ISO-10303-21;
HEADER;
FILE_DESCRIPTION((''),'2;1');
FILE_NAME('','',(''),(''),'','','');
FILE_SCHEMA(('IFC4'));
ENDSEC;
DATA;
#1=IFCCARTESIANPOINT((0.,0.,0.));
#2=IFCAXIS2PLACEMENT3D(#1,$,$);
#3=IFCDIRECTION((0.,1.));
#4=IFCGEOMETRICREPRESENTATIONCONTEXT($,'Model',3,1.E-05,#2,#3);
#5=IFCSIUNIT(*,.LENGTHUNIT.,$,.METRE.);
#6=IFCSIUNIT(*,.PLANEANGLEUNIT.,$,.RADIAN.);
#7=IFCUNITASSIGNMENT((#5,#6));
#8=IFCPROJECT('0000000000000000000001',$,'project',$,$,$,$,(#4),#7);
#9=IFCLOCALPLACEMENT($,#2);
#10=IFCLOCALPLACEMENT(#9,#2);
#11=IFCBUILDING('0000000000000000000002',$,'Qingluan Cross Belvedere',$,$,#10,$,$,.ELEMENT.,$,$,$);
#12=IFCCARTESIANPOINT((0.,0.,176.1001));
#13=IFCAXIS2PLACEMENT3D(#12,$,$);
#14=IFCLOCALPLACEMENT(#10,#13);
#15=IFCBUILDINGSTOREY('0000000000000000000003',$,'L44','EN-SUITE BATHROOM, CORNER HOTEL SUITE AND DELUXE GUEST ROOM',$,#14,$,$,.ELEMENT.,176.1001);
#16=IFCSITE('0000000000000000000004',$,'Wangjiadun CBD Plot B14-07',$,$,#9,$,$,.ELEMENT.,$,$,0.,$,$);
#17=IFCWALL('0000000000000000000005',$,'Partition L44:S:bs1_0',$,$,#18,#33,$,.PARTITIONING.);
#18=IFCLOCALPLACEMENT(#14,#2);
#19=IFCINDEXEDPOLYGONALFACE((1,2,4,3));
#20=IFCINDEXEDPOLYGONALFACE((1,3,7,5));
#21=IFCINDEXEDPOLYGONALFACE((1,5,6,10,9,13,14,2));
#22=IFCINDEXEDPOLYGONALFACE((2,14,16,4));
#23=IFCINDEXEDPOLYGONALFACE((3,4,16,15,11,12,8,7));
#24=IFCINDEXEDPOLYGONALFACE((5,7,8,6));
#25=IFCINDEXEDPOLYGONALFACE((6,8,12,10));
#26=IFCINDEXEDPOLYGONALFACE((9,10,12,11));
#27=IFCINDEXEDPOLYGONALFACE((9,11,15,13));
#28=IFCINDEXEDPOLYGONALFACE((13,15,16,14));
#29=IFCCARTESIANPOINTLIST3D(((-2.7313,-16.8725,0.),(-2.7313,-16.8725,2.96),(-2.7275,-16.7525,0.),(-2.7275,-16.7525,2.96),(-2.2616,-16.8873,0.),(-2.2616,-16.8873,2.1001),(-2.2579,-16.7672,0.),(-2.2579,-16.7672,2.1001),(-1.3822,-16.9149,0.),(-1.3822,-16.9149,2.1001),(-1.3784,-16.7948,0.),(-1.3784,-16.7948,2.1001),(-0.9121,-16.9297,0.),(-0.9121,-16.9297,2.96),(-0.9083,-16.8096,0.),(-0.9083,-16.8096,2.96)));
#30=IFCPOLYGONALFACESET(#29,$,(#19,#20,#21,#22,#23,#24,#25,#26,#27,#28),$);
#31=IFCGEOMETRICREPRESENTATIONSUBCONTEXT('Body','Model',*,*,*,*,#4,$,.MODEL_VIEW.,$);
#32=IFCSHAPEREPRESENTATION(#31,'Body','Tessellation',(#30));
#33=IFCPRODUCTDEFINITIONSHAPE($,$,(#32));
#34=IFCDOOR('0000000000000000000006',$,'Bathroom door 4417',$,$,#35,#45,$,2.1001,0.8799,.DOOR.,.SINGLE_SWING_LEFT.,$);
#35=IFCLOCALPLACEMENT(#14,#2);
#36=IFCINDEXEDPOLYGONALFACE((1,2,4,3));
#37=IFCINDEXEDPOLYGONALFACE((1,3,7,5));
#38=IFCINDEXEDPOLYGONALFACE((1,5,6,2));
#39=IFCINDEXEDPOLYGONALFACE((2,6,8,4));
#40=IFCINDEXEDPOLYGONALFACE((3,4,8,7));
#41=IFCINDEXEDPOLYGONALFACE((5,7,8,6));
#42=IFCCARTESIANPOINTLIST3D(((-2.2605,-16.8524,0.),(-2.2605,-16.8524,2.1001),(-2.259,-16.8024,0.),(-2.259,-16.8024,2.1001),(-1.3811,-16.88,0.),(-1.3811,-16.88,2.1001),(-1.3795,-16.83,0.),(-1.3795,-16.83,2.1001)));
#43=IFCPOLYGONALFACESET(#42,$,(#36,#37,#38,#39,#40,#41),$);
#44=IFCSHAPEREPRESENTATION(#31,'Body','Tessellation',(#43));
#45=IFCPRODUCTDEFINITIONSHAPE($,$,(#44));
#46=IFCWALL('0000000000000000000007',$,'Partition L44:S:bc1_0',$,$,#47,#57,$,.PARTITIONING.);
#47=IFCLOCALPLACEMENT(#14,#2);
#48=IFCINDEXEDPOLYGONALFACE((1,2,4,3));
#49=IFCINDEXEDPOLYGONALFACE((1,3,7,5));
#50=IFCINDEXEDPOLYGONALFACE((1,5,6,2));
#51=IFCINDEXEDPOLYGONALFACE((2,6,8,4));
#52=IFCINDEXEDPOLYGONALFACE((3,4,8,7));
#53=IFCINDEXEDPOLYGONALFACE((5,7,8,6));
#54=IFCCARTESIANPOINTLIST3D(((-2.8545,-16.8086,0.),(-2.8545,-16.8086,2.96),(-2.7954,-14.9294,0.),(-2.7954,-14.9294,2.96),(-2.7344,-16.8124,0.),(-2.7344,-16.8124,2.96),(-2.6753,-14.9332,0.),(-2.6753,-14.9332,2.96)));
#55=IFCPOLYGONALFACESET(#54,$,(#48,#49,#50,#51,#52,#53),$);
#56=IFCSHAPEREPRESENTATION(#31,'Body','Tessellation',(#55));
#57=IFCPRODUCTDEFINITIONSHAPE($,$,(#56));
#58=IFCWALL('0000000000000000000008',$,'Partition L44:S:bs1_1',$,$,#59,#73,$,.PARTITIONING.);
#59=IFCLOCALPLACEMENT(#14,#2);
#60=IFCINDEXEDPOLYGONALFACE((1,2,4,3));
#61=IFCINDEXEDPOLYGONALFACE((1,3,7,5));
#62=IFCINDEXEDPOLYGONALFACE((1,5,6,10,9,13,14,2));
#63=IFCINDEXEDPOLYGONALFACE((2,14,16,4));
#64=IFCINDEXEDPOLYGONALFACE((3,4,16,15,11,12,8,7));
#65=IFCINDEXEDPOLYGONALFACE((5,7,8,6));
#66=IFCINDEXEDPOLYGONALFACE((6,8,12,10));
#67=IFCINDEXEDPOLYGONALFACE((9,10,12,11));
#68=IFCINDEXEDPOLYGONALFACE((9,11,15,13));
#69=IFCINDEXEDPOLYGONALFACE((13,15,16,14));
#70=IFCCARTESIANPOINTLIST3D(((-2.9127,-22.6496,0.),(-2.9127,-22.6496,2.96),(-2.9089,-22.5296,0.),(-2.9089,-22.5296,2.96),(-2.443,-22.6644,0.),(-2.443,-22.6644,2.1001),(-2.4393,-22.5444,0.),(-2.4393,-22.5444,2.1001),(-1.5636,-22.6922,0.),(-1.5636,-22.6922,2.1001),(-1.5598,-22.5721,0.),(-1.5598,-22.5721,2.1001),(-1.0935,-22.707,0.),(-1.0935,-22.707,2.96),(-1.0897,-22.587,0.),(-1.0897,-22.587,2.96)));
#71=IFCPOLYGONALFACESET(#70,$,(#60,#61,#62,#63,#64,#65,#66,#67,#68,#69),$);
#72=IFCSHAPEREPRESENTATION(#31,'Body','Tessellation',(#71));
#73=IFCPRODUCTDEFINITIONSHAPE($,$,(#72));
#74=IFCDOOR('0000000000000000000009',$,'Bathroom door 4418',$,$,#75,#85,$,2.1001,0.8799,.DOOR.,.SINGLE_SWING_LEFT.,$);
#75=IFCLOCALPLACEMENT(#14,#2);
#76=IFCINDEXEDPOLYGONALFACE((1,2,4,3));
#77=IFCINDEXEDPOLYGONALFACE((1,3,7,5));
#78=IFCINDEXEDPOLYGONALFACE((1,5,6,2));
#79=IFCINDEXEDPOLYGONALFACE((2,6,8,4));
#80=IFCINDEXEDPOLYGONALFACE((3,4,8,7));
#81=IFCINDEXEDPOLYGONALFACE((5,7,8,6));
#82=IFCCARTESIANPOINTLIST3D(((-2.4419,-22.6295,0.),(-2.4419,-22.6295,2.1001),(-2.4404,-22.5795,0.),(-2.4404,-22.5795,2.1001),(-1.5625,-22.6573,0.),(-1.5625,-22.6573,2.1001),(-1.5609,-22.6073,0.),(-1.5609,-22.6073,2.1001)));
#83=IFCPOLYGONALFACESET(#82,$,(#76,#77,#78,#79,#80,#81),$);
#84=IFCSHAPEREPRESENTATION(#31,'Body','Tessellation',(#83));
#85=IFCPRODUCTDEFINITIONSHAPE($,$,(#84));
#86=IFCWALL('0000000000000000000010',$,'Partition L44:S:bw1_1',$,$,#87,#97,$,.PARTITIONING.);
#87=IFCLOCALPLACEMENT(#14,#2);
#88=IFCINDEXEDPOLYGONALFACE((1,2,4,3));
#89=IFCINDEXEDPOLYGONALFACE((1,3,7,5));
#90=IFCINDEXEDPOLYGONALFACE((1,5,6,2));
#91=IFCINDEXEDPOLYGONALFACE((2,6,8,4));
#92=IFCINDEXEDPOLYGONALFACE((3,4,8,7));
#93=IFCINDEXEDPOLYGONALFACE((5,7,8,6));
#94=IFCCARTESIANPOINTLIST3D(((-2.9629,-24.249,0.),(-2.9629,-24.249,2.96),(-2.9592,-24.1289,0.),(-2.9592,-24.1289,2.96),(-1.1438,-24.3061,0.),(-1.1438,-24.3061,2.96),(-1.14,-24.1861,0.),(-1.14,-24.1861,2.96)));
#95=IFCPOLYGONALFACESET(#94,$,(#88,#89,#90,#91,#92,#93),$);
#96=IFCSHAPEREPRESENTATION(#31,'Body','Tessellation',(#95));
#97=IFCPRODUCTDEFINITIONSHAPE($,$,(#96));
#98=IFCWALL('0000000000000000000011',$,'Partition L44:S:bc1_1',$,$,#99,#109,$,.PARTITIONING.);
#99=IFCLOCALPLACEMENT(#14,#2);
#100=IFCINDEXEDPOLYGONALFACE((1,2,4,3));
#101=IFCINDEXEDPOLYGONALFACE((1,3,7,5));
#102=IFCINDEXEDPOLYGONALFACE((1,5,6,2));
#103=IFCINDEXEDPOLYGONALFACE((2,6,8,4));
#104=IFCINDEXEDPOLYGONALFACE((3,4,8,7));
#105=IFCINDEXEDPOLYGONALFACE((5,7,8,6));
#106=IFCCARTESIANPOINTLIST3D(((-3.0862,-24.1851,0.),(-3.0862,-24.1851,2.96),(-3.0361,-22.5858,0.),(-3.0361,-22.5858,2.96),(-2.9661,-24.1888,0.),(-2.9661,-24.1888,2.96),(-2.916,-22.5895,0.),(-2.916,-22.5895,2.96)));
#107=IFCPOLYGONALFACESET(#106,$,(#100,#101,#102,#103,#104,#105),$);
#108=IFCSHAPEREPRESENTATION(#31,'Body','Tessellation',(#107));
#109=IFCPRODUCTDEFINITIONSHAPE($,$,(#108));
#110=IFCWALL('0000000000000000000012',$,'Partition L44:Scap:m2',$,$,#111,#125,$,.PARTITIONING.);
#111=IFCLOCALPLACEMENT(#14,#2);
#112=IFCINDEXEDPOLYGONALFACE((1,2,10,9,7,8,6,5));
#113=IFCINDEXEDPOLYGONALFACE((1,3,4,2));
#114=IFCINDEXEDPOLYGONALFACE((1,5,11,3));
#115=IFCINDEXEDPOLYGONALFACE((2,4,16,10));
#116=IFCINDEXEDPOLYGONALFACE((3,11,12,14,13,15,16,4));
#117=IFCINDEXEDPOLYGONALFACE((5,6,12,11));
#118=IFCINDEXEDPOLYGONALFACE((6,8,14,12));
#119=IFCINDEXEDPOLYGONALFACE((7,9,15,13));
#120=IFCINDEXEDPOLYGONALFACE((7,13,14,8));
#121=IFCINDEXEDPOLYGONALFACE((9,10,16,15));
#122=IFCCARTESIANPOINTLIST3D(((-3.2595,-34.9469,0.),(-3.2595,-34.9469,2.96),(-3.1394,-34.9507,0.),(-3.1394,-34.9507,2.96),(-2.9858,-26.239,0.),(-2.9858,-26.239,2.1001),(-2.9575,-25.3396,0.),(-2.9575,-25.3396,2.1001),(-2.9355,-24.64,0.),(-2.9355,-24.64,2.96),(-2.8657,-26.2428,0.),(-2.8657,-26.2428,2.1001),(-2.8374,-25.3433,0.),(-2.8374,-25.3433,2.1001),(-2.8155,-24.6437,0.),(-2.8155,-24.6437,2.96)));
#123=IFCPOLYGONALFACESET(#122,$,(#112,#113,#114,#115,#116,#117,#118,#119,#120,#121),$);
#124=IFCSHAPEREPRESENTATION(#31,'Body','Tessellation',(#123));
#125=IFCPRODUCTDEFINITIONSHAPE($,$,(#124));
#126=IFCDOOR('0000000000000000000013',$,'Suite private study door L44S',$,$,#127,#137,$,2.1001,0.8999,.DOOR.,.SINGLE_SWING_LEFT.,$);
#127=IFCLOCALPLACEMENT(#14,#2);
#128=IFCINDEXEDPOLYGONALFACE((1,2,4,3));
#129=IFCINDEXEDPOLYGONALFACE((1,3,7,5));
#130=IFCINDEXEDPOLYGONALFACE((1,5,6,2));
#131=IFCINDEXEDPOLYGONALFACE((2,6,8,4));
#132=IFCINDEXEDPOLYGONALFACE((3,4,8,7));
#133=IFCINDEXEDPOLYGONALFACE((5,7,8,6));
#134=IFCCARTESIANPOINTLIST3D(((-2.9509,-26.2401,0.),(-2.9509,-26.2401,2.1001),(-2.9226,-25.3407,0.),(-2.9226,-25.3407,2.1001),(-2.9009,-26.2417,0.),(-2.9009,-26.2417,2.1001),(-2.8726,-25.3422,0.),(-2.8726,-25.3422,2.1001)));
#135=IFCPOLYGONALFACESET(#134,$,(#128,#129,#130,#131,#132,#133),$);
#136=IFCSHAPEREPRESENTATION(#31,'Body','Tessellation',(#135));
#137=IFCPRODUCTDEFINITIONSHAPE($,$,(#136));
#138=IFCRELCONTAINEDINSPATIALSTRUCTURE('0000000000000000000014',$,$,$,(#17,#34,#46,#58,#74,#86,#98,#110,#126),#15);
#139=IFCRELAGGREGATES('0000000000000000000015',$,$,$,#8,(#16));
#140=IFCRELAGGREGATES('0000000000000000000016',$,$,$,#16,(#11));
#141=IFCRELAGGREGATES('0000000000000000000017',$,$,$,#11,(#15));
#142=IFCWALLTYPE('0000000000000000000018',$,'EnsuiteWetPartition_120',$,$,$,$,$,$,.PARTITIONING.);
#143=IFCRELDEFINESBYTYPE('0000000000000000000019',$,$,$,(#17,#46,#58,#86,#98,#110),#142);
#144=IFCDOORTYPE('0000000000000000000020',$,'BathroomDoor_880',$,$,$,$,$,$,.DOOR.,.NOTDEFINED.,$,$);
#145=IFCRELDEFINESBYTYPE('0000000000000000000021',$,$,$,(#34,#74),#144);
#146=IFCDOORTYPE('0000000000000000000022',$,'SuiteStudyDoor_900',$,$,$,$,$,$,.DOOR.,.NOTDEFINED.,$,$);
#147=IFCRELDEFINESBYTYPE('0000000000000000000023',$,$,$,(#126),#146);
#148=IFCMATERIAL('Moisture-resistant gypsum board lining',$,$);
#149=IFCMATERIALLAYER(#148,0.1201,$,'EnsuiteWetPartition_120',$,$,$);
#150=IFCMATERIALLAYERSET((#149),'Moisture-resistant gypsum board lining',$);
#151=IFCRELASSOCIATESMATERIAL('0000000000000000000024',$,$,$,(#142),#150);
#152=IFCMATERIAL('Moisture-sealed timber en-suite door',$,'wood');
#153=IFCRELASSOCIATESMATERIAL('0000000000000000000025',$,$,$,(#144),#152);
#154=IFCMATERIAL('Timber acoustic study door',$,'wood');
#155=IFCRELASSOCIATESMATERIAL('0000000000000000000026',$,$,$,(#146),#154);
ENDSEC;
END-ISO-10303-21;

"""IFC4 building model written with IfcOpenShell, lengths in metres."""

from ifc_helpers import new_model, si_unit, direction, frame, frame_2d, origin, place, context, subcontext, project, spatial, rectangle, extrude, material, layer, layer_set, type_object, element, fill, save


model = new_model("IFC4")

# Units and contexts
model_context = context("Model", 3, precision=1e-05, world=origin(), true_north=direction((0.0, 1.0)))
body_context = subcontext(model_context, "Body", "Model", "MODEL_VIEW")
ifc_project = project(units=[si_unit("LENGTHUNIT", "METRE"), si_unit("PLANEANGLEUNIT", "RADIAN")], contexts=[model_context])

# Site, building, storey
site_placement = place(None, origin())
site = spatial("IfcSite", under=ifc_project, at=site_placement, Name="Wangjiadun CBD Plot B14-07", CompositionType="ELEMENT", RefElevation=0.0)
building_placement = place(site_placement, origin())
building = spatial("IfcBuilding", under=site, at=building_placement, Name="Qingluan Cross Belvedere", CompositionType="ELEMENT")
storey_placement = place(building_placement, frame((0.0, 0.0, 176.1001)))
storey = spatial("IfcBuildingStorey", under=building, at=storey_placement, Name="L44", Description="EN-SUITE BATHROOM, CORNER HOTEL SUITE AND DELUXE GUEST ROOM", CompositionType="ELEMENT", Elevation=176.1001)

# Wall, opening, door
ifc_material_1 = material(Name="Moisture-resistant gypsum board lining")
ifc_layer_1 = layer(ifc_material_1, 0.1201, Name="EnsuiteWetPartition_120")
ifc_layer_set_1 = layer_set([ifc_layer_1], Name="Moisture-resistant gypsum board lining")
wall_type_1 = type_object("IfcWallType", Name="EnsuiteWetPartition_120", PredefinedType="PARTITIONING", material=ifc_layer_set_1)
wall_1_placement = place(storey_placement, frame((-2.7295, -16.8125, 0.0), z_axis=(0.0, 0.0, 1.0), x_axis=(0.999507, -0.03139, 0.0)))
wall_1 = element("IfcWall", 1, at=wall_1_placement, inside=storey, type_object=wall_type_1, Name="Partition L44:S:bs1_0", PredefinedType="PARTITIONING", context=body_context, shape_type="SweptSolid", body=[
    extrude(rectangle(XDim=1.8201, YDim=0.1201, at=frame_2d((0.9102, 0.0))), origin(), (0.0, 0.0, 1.0), 2.96),
])
opening_1_placement = place(wall_1_placement, frame((0.47, 0.0, 0.0)))
opening_1 = element("IfcOpeningElement", 2, at=opening_1_placement, cuts=wall_1, PredefinedType="OPENING", context=body_context, shape_type="SweptSolid", body=[
    extrude(rectangle(XDim=0.8799, YDim=2.1001, at=frame_2d((0.4399, 1.05))), frame((0.0, 0.0701, 0.0), z_axis=(0.0, -1.0, 0.0), x_axis=(1.0, 0.0, 0.0)), (0.0, 0.0, 1.0), 0.1401),
])
ifc_material_2 = material(Name="Moisture-sealed timber en-suite door", Category="wood")
door_type_1 = type_object("IfcDoorType", Name="BathroomDoor_880", OperationType="NOTDEFINED", PredefinedType="DOOR", material=ifc_material_2)
door_1_placement = place(opening_1_placement, origin())
door_1 = element("IfcDoor", 3, at=door_1_placement, inside=storey, type_object=door_type_1, Name="Bathroom door 4417", OperationType="SINGLE_SWING_LEFT", OverallHeight=2.1001, OverallWidth=0.8799, PredefinedType="DOOR", context=body_context, shape_type="SweptSolid", body=[
    extrude(rectangle(XDim=0.8799, YDim=2.1001, at=frame_2d((0.4399, 1.05))), frame((0.0, 0.0249, 0.0), z_axis=(0.0, -1.0, 0.0), x_axis=(1.0, 0.0, 0.0)), (0.0, 0.0, 1.0), 0.05),
])
fill(opening_1, door_1)

# Wall
wall_2_placement = place(storey_placement, frame((-2.7354, -14.9314, 0.0), z_axis=(0.0, 0.0, 1.0), x_axis=(-0.031425, -0.999506, 0.0)))
element("IfcWall", 4, at=wall_2_placement, inside=storey, type_object=wall_type_1, Name="Partition L44:S:bc1_0", PredefinedType="PARTITIONING", context=body_context, shape_type="SweptSolid", body=[
    extrude(rectangle(XDim=1.8801, YDim=0.1201, at=frame_2d((0.9399, 0.0))), origin(), (0.0, 0.0, 1.0), 2.96),
])

# Wall, opening, door
wall_3_placement = place(storey_placement, frame((-2.9109, -22.5896, 0.0), z_axis=(0.0, 0.0, 1.0), x_axis=(0.999503, -0.031524, 0.0)))
wall_3 = element("IfcWall", 5, at=wall_3_placement, inside=storey, type_object=wall_type_1, Name="Partition L44:S:bs1_1", PredefinedType="PARTITIONING", context=body_context, shape_type="SweptSolid", body=[
    extrude(rectangle(XDim=1.8201, YDim=0.1201, at=frame_2d((0.9102, 0.0))), origin(), (0.0, 0.0, 1.0), 2.96),
])
opening_2_placement = place(wall_3_placement, frame((0.47, 0.0, 0.0)))
opening_2 = element("IfcOpeningElement", 6, at=opening_2_placement, cuts=wall_3, PredefinedType="OPENING", context=body_context, shape_type="SweptSolid", body=[
    extrude(rectangle(XDim=0.8799, YDim=2.1001, at=frame_2d((0.4399, 1.05))), frame((0.0, 0.0701, 0.0), z_axis=(0.0, -1.0, 0.0), x_axis=(1.0, 0.0, 0.0)), (0.0, 0.0, 1.0), 0.1401),
])
door_2_placement = place(opening_2_placement, origin())
door_2 = element("IfcDoor", 7, at=door_2_placement, inside=storey, type_object=door_type_1, Name="Bathroom door 4418", OperationType="SINGLE_SWING_LEFT", OverallHeight=2.1001, OverallWidth=0.8799, PredefinedType="DOOR", context=body_context, shape_type="SweptSolid", body=[
    extrude(rectangle(XDim=0.8799, YDim=2.1001, at=frame_2d((0.4399, 1.05))), frame((0.0, 0.0249, 0.0), z_axis=(0.0, -1.0, 0.0), x_axis=(1.0, 0.0, 0.0)), (0.0, 0.0, 1.0), 0.05),
])
fill(opening_2, door_2)

# Walls
wall_4_placement = place(storey_placement, frame((-2.9612, -24.189, 0.0), z_axis=(0.0, 0.0, 1.0), x_axis=(0.999507, -0.03139, 0.0)))
element("IfcWall", 8, at=wall_4_placement, inside=storey, type_object=wall_type_1, Name="Partition L44:S:bw1_1", PredefinedType="PARTITIONING", context=body_context, shape_type="SweptSolid", body=[
    extrude(rectangle(XDim=1.8201, YDim=0.1201, at=frame_2d((0.9102, 0.0))), origin(), (0.0, 0.0, 1.0), 2.96),
])
wall_5_placement = place(storey_placement, frame((-2.9761, -22.5876, 0.0), z_axis=(0.0, 0.0, 1.0), x_axis=(-0.031278, -0.999511, 0.0)))
element("IfcWall", 9, at=wall_5_placement, inside=storey, type_object=wall_type_1, Name="Partition L44:S:bc1_1", PredefinedType="PARTITIONING", context=body_context, shape_type="SweptSolid", body=[
    extrude(rectangle(XDim=1.6001, YDim=0.1201, at=frame_2d((0.8, 0.0))), origin(), (0.0, 0.0, 1.0), 2.96),
])

# Wall, opening, door
wall_6_placement = place(storey_placement, frame((-2.8755, -24.6418, 0.0), z_axis=(0.0, 0.0, 1.0), x_axis=(-0.031417, -0.999506, 0.0)))
wall_6 = element("IfcWall", 10, at=wall_6_placement, inside=storey, type_object=wall_type_1, Name="Partition L44:Scap:m2", PredefinedType="PARTITIONING", context=body_context, shape_type="SweptSolid", body=[
    extrude(rectangle(XDim=10.312, YDim=0.1201, at=frame_2d((5.156, 0.0))), origin(), (0.0, 0.0, 1.0), 2.96),
])
opening_3_placement = place(wall_6_placement, frame((0.7, 0.0, 0.0)))
opening_3 = element("IfcOpeningElement", 11, at=opening_3_placement, cuts=wall_6, PredefinedType="OPENING", context=body_context, shape_type="SweptSolid", body=[
    extrude(rectangle(XDim=0.8999, YDim=2.1001, at=frame_2d((0.45, 1.05))), frame((0.0, 0.0701, 0.0), z_axis=(0.0, -1.0, 0.0), x_axis=(1.0, 0.0, 0.0)), (0.0, 0.0, 1.0), 0.1401),
])
ifc_material_3 = material(Name="Timber acoustic study door", Category="wood")
door_type_2 = type_object("IfcDoorType", Name="SuiteStudyDoor_900", OperationType="NOTDEFINED", PredefinedType="DOOR", material=ifc_material_3)
door_3_placement = place(opening_3_placement, origin())
door_3 = element("IfcDoor", 12, at=door_3_placement, inside=storey, type_object=door_type_2, Name="Suite private study door L44S", OperationType="SINGLE_SWING_LEFT", OverallHeight=2.1001, OverallWidth=0.8999, PredefinedType="DOOR", context=body_context, shape_type="SweptSolid", body=[
    extrude(rectangle(XDim=0.8999, YDim=2.1001, at=frame_2d((0.45, 1.05))), frame((0.0, 0.0249, 0.0), z_axis=(0.0, -1.0, 0.0), x_axis=(1.0, 0.0, 0.0)), (0.0, 0.0, 1.0), 0.05),
])
fill(opening_3, door_3)

save(model, "model.ifc")
